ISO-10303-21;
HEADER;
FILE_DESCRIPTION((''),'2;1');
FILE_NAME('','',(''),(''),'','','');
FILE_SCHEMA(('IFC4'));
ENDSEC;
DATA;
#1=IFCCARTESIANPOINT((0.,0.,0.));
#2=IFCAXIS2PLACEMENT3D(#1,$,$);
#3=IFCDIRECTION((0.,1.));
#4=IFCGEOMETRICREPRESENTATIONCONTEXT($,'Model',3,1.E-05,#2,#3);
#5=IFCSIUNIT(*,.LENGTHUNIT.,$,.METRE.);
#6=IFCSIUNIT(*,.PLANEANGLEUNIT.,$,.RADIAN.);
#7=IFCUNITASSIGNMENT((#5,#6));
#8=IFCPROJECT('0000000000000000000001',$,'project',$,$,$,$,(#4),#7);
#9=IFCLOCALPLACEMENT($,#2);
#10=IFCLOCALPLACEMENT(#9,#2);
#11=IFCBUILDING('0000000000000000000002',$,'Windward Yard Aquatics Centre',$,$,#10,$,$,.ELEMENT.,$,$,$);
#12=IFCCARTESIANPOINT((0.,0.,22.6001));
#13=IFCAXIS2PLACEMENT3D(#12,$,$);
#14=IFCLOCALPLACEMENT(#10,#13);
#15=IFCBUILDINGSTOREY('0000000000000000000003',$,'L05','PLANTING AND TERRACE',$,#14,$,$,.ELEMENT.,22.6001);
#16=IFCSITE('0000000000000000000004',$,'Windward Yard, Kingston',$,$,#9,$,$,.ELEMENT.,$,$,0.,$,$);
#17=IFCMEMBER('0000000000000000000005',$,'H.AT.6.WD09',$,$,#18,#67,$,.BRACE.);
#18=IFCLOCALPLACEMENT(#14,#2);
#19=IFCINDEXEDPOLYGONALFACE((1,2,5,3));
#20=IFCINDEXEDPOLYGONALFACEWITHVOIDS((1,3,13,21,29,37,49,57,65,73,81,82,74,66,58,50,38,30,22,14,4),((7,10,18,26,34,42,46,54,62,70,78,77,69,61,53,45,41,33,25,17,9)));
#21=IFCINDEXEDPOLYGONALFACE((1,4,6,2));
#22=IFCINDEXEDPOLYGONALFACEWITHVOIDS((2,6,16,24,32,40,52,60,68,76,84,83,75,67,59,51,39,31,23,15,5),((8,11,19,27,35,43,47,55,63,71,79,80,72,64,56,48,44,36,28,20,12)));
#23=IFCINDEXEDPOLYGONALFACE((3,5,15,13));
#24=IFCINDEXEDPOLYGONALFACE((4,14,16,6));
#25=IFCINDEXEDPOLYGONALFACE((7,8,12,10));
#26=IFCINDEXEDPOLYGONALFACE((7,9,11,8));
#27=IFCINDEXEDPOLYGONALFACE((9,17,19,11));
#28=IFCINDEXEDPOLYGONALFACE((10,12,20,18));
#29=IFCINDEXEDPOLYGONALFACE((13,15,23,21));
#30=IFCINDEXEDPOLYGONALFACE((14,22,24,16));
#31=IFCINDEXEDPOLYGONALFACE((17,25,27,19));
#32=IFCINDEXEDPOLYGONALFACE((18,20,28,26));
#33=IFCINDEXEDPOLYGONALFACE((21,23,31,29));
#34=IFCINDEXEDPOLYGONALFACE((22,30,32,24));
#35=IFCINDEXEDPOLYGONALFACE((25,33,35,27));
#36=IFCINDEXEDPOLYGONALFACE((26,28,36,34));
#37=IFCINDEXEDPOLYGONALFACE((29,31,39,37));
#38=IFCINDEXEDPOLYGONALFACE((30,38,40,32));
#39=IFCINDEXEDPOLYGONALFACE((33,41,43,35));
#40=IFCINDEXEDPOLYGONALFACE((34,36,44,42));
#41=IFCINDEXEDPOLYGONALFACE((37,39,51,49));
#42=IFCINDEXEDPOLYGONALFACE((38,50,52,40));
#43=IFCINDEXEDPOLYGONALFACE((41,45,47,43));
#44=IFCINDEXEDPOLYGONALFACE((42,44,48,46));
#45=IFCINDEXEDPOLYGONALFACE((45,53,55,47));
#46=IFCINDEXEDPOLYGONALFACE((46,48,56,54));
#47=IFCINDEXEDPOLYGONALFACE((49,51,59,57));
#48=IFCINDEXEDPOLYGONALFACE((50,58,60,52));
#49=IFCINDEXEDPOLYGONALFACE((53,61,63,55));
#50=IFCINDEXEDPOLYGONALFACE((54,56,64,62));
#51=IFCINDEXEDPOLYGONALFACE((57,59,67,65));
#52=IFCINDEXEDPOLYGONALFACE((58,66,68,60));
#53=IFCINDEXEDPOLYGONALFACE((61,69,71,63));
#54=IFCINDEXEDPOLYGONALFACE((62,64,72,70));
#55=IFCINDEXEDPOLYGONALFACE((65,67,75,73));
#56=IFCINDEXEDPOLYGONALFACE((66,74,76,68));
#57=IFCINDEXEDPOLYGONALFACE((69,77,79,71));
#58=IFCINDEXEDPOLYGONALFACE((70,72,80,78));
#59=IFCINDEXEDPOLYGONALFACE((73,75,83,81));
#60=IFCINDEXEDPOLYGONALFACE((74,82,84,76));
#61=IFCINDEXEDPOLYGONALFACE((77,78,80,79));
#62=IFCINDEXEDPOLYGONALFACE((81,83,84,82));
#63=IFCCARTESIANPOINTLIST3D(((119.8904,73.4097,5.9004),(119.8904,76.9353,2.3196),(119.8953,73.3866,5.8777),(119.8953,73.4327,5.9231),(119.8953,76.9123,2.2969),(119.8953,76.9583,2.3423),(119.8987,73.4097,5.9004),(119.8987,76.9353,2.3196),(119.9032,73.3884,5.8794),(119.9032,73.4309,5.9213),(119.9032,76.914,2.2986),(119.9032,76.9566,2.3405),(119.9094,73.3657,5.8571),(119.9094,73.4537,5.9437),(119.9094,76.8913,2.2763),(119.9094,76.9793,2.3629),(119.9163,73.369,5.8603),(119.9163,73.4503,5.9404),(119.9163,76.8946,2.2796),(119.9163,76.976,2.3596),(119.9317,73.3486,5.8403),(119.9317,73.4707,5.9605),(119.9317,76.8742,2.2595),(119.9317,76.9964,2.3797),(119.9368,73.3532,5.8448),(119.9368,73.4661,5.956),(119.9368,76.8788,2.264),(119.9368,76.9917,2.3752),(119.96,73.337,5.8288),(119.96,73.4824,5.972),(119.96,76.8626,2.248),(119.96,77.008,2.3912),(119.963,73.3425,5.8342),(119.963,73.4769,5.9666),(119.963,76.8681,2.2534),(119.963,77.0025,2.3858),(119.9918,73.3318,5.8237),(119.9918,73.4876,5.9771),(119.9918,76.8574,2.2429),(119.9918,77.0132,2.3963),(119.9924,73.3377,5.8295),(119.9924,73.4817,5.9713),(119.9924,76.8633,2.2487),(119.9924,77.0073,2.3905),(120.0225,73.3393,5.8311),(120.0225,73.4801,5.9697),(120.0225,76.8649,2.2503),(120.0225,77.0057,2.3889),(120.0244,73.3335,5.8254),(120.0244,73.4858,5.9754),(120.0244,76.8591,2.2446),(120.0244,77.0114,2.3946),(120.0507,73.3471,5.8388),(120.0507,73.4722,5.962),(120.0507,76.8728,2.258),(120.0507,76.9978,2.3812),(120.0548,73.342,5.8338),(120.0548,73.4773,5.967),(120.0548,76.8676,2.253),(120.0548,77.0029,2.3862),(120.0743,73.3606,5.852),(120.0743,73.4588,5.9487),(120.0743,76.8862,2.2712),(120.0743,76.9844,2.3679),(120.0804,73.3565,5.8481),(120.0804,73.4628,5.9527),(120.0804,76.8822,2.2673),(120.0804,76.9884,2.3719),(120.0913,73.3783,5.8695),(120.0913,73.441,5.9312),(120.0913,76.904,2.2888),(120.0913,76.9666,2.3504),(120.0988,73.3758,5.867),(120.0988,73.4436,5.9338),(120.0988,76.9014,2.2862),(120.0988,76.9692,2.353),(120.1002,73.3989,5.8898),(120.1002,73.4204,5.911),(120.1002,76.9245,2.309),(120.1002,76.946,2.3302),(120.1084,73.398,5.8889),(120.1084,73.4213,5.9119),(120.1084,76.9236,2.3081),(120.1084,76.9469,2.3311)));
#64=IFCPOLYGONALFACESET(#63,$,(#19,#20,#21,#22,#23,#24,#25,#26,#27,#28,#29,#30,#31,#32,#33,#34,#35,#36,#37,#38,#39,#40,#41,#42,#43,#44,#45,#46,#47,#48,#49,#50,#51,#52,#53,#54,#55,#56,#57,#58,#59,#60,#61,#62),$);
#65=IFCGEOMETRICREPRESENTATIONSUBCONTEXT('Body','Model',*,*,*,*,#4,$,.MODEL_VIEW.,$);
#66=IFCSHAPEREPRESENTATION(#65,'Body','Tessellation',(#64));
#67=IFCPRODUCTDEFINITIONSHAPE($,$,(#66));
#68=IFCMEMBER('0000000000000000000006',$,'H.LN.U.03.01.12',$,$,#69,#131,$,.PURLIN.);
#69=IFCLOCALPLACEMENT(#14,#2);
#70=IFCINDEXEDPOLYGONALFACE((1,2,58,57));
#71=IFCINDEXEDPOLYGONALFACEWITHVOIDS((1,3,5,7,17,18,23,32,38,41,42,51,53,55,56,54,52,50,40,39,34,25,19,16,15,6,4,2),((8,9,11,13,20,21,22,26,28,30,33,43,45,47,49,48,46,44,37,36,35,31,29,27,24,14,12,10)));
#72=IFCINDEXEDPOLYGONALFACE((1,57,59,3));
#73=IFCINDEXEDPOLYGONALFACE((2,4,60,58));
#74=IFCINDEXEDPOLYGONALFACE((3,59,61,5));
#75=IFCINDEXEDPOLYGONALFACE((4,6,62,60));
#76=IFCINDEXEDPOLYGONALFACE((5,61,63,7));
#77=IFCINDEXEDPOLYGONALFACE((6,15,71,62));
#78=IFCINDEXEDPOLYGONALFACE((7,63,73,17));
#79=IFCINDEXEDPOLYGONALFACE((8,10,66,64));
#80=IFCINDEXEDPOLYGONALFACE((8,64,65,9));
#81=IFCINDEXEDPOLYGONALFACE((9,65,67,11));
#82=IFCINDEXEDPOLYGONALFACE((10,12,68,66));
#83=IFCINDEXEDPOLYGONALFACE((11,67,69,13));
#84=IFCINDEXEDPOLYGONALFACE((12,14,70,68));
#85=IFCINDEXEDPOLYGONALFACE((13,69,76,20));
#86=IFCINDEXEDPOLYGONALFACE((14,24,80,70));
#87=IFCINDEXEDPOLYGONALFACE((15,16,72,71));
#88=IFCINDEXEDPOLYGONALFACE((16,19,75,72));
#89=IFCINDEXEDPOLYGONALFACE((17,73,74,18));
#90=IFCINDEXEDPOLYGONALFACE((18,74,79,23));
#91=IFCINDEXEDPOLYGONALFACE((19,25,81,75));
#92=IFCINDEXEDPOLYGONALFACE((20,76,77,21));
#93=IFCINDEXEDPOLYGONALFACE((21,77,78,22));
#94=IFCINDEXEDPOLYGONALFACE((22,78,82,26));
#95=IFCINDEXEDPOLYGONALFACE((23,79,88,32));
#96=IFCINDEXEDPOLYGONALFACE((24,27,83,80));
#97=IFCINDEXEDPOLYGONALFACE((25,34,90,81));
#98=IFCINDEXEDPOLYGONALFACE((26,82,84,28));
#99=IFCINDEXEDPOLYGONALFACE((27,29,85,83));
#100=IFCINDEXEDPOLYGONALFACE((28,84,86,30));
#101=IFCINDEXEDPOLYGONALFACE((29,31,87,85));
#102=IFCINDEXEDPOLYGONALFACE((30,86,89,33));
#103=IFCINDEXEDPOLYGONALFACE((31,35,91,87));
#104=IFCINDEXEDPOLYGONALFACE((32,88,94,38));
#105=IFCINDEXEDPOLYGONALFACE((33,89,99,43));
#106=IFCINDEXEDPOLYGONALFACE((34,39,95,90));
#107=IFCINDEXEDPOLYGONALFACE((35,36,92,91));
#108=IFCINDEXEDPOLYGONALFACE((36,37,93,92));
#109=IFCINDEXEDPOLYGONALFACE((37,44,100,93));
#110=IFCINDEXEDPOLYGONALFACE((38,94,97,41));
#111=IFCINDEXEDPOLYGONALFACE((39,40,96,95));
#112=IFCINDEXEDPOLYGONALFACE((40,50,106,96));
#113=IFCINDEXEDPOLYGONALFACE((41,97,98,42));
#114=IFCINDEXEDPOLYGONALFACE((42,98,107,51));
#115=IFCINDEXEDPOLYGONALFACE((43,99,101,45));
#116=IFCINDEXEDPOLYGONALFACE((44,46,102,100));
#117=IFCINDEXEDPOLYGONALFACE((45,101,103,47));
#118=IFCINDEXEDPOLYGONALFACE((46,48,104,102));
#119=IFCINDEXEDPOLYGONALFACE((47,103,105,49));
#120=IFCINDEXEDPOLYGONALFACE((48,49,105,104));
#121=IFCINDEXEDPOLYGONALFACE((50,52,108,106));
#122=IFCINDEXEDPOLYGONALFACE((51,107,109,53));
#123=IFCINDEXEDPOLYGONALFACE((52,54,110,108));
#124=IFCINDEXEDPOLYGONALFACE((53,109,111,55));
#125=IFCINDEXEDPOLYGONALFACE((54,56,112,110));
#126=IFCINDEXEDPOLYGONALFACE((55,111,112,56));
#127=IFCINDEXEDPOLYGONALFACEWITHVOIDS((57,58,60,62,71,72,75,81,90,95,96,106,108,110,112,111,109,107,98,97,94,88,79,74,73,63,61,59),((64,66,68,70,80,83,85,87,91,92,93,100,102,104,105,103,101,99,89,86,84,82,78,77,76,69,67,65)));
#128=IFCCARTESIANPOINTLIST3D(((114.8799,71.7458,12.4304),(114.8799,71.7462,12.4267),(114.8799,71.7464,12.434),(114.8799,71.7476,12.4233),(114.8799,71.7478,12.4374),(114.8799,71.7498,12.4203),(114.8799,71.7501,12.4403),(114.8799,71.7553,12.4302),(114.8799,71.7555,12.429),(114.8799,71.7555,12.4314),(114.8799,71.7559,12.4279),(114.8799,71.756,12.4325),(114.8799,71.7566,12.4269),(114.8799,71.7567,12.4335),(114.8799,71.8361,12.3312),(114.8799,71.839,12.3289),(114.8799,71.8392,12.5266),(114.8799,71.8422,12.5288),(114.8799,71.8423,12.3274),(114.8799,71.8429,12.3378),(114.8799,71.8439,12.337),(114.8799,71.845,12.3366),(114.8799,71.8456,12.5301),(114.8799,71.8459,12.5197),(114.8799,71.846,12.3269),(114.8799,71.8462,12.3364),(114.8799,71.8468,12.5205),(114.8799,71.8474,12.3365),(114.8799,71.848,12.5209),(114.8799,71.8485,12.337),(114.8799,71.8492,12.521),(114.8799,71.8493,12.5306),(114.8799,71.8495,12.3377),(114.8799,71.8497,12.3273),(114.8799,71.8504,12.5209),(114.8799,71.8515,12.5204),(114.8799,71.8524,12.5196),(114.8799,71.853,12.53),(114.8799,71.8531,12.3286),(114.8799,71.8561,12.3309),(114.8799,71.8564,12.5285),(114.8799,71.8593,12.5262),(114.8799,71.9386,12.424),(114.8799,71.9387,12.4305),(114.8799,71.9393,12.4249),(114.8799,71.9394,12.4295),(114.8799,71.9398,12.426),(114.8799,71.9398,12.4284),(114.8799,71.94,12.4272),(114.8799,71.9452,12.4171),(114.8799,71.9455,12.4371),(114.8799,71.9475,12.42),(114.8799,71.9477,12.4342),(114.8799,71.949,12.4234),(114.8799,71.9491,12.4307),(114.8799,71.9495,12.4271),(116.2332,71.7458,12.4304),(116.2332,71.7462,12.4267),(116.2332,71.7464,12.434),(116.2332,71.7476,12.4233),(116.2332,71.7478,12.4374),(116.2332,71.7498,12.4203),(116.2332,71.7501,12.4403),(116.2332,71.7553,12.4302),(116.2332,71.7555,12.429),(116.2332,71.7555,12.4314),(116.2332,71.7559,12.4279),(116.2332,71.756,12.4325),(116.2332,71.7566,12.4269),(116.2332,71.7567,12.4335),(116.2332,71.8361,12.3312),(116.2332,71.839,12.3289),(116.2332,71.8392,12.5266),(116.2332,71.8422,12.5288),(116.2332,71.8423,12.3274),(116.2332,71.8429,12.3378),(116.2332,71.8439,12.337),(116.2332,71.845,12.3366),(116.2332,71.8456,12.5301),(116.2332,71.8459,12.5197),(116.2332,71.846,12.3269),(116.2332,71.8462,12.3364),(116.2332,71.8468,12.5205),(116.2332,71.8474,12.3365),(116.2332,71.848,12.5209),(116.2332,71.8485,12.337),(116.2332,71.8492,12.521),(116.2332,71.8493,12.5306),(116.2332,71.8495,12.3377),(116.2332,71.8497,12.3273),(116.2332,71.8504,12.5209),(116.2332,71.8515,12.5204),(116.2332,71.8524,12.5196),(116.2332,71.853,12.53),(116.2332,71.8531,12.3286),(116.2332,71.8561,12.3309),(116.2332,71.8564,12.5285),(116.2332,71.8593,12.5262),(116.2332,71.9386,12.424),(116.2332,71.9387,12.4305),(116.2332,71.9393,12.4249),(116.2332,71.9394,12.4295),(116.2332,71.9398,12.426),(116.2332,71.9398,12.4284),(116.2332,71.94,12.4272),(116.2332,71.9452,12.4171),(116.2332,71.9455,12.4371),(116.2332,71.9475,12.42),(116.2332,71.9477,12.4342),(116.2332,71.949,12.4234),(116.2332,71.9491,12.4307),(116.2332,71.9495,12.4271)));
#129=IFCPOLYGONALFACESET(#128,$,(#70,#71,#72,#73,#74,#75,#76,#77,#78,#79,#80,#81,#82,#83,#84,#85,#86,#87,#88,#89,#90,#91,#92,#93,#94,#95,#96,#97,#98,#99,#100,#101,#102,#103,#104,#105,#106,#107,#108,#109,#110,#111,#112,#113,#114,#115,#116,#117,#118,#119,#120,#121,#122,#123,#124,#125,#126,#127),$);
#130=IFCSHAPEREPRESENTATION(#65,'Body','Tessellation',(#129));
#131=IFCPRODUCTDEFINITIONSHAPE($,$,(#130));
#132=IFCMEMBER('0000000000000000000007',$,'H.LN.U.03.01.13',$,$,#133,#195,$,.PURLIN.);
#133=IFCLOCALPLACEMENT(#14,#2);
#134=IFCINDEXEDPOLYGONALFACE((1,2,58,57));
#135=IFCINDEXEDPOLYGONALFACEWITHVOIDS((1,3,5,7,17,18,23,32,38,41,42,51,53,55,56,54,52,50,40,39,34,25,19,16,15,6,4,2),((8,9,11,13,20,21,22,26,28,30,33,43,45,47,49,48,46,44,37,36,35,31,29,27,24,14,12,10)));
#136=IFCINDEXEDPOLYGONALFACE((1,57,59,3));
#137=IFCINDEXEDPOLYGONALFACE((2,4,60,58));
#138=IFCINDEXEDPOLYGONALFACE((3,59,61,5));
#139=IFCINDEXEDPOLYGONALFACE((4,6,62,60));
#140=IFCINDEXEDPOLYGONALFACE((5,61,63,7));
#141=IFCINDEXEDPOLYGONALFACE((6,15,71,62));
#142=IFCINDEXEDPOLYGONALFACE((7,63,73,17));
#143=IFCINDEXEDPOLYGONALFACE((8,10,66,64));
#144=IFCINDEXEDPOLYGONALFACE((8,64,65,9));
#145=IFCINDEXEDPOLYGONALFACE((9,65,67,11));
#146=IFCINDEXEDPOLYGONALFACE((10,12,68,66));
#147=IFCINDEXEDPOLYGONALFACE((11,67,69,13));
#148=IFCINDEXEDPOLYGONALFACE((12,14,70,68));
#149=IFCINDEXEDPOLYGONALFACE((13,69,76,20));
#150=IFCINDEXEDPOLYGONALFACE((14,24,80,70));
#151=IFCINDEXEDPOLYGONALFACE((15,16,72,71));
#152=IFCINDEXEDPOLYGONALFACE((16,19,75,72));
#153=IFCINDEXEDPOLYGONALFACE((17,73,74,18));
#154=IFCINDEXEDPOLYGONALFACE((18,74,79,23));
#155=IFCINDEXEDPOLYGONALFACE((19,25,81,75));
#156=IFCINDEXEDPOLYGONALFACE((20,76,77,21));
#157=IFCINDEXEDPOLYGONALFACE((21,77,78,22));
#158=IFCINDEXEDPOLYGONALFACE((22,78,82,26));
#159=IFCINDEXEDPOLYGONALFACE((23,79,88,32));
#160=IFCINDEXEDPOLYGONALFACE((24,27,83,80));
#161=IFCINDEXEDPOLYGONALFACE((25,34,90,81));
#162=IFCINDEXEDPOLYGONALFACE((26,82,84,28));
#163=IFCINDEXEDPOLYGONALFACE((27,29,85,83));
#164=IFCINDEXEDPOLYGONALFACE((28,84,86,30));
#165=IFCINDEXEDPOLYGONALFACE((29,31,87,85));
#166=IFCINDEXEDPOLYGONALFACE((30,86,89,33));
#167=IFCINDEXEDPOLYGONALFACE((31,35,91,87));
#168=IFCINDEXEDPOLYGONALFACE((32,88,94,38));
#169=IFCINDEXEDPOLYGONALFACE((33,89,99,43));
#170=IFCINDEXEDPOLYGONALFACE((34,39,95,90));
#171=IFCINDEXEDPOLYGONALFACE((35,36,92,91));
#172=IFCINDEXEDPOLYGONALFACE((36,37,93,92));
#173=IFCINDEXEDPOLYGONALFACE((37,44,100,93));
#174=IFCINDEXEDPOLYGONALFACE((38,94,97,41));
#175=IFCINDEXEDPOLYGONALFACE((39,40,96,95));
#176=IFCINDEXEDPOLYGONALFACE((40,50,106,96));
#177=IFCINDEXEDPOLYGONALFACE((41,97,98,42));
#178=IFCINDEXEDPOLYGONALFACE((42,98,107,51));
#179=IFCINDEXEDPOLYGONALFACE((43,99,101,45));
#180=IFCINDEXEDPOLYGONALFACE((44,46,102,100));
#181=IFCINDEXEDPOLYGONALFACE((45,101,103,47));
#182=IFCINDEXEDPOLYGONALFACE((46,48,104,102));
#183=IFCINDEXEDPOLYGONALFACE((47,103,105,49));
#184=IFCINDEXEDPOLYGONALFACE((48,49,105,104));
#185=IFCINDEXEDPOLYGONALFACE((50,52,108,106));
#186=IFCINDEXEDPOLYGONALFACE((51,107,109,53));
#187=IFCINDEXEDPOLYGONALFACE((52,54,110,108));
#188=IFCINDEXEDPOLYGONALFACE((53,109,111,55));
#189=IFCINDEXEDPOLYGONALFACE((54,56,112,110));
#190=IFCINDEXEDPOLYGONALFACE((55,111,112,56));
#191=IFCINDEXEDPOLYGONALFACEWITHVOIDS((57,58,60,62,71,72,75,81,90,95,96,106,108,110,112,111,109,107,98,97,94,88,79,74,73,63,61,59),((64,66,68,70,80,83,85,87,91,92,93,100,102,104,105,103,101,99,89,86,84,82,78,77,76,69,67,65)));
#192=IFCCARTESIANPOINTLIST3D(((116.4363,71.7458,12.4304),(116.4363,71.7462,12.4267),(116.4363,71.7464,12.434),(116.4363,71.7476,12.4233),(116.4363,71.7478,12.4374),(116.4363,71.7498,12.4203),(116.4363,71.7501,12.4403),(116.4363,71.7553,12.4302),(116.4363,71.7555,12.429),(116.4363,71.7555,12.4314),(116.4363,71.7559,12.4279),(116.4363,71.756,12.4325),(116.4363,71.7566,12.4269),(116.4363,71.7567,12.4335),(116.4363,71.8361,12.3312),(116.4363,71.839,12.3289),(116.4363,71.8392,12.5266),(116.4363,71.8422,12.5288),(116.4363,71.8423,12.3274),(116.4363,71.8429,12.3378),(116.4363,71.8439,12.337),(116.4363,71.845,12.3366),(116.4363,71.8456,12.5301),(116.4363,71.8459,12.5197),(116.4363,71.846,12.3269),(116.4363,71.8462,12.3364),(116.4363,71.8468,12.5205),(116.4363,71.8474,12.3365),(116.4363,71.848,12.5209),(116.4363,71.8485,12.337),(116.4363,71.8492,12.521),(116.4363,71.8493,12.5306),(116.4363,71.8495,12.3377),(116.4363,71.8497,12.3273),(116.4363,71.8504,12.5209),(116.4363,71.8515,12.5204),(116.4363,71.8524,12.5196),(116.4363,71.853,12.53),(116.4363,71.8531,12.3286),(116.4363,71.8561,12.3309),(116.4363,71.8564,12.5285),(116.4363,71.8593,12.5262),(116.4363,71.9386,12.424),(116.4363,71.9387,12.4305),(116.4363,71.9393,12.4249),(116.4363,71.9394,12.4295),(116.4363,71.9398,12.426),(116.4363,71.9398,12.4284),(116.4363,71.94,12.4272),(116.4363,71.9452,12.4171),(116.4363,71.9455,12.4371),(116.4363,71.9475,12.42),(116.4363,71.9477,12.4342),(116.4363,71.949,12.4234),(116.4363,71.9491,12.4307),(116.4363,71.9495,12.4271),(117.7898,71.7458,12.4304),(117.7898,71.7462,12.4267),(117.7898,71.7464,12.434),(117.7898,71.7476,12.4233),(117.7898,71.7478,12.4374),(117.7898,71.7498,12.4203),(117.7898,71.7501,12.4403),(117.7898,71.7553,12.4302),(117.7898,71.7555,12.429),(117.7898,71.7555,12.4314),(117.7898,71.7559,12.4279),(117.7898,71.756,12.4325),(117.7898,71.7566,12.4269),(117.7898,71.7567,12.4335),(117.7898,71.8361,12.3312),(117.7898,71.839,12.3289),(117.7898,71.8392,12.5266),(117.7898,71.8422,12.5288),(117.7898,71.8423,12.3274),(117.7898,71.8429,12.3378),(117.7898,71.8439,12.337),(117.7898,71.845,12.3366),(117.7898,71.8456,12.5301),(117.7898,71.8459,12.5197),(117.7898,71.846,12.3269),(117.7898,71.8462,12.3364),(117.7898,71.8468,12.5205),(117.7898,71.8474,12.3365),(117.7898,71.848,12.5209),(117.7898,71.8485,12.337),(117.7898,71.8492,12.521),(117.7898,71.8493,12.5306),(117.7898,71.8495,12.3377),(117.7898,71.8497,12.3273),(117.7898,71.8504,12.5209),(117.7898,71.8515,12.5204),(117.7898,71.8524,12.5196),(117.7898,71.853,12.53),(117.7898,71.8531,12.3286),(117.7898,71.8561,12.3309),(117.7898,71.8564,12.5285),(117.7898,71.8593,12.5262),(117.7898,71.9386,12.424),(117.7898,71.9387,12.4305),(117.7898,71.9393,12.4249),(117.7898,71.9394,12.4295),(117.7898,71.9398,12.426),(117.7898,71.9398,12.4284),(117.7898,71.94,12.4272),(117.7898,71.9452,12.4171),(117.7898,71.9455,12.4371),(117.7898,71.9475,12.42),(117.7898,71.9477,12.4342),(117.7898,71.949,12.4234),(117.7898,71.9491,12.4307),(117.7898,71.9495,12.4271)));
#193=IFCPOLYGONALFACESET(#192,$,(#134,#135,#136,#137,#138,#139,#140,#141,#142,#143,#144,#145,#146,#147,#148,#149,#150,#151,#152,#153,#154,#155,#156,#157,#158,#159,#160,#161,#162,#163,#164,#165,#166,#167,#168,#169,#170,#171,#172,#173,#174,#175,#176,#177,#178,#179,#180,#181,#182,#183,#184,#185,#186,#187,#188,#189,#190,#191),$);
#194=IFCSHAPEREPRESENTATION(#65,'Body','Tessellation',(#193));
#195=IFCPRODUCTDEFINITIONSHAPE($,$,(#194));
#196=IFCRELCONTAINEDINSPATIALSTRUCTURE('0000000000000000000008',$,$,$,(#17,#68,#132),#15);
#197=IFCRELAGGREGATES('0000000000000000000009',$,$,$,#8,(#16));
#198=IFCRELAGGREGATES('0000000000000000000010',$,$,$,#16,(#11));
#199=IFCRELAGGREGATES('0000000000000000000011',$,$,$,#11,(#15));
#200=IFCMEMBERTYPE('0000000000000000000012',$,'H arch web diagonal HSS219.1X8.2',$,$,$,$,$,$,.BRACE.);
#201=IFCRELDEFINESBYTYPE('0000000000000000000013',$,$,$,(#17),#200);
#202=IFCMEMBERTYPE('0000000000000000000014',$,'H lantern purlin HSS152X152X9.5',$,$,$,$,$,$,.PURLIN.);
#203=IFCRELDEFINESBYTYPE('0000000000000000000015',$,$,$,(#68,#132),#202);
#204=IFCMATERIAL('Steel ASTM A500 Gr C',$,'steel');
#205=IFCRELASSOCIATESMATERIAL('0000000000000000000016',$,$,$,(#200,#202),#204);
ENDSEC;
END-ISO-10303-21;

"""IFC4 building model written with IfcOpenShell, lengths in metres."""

from ifc_helpers import new_model, si_unit, direction, frame, origin, origin_2d, place, context, subcontext, project, spatial, hollow_rectangle, hollow_circle, extrude, material, material_profile, profile_set, type_object, element, save


model = new_model("IFC4")

# Units and contexts
model_context = context("Model", 3, precision=1e-05, world=origin(), true_north=direction((0.0, 1.0)))
body_context = subcontext(model_context, "Body", "Model", "MODEL_VIEW")
ifc_project = project(units=[si_unit("LENGTHUNIT", "METRE"), si_unit("PLANEANGLEUNIT", "RADIAN")], contexts=[model_context])

# Site, building, storey
site_placement = place(None, origin())
site = spatial("IfcSite", under=ifc_project, at=site_placement, Name="Windward Yard, Kingston", CompositionType="ELEMENT", RefElevation=0.0)
building_placement = place(site_placement, origin())
building = spatial("IfcBuilding", under=site, at=building_placement, Name="Windward Yard Aquatics Centre", CompositionType="ELEMENT")
storey_placement = place(building_placement, frame((0.0, 0.0, 22.6001)))
storey = spatial("IfcBuildingStorey", under=building, at=storey_placement, Name="L05", Description="PLANTING AND TERRACE", CompositionType="ELEMENT", Elevation=22.6001)

# Members
ifc_material_1 = material(Name="Steel ASTM A500 Gr C", Category="steel")
ifc_material_profile_1 = material_profile(ifc_material_1, hollow_circle(Radius=0.1096, WallThickness=0.0083, at=origin_2d()), Name="HSS219.1X8.2")
ifc_profile_set_1 = profile_set([ifc_material_profile_1], Name="Steel ASTM A500 Gr C")
member_type_1 = type_object("IfcMemberType", Name="H arch web diagonal HSS219.1X8.2", PredefinedType="BRACE", material=ifc_profile_set_1)
member_1_placement = place(storey_placement, frame((120.0, 73.4097, 5.9004), z_axis=(0.0, 0.701596, -0.712575), x_axis=(-1.0, 0.0, 0.0)))
element("IfcMember", 1, at=member_1_placement, inside=storey, type_object=member_type_1, Name="H.AT.6.WD09", PredefinedType="BRACE", context=body_context, shape_type="SweptSolid", body=[
    extrude(hollow_circle(Radius=0.1096, WallThickness=0.0083, at=origin_2d()), origin(), (0.0, 0.0, 1.0), 5.0251),
])
ifc_material_profile_2 = material_profile(ifc_material_1, hollow_rectangle(XDim=0.1523, YDim=0.1523, WallThickness=0.0095, InnerFilletRadius=0.0046, OuterFilletRadius=0.0142, at=origin_2d()), Name="HSS152X152X9.5")
ifc_profile_set_2 = profile_set([ifc_material_profile_2], Name="Steel ASTM A500 Gr C")
member_type_2 = type_object("IfcMemberType", Name="H lantern purlin HSS152X152X9.5", PredefinedType="PURLIN", material=ifc_profile_set_2)
member_2_placement = place(storey_placement, frame((114.8799, 71.8477, 12.4287), z_axis=(1.0, 0.0, 0.0), x_axis=(0.0, 0.69555, -0.718477)))
element("IfcMember", 2, at=member_2_placement, inside=storey, type_object=member_type_2, Name="H.LN.U.03.01.12", PredefinedType="PURLIN", context=body_context, shape_type="SweptSolid", body=[
    extrude(hollow_rectangle(XDim=0.1523, YDim=0.1523, WallThickness=0.0095, InnerFilletRadius=0.0046, OuterFilletRadius=0.0142, at=origin_2d()), origin(), (0.0, 0.0, 1.0), 1.3533),
])
member_3_placement = place(storey_placement, frame((116.4363, 71.8477, 12.4287), z_axis=(1.0, 0.0, 0.0), x_axis=(0.0, 0.69555, -0.718477)))
element("IfcMember", 3, at=member_3_placement, inside=storey, type_object=member_type_2, Name="H.LN.U.03.01.13", PredefinedType="PURLIN", context=body_context, shape_type="SweptSolid", body=[
    extrude(hollow_rectangle(XDim=0.1523, YDim=0.1523, WallThickness=0.0095, InnerFilletRadius=0.0046, OuterFilletRadius=0.0142, at=origin_2d()), origin(), (0.0, 0.0, 1.0), 1.3535),
])

save(model, "model.ifc")
